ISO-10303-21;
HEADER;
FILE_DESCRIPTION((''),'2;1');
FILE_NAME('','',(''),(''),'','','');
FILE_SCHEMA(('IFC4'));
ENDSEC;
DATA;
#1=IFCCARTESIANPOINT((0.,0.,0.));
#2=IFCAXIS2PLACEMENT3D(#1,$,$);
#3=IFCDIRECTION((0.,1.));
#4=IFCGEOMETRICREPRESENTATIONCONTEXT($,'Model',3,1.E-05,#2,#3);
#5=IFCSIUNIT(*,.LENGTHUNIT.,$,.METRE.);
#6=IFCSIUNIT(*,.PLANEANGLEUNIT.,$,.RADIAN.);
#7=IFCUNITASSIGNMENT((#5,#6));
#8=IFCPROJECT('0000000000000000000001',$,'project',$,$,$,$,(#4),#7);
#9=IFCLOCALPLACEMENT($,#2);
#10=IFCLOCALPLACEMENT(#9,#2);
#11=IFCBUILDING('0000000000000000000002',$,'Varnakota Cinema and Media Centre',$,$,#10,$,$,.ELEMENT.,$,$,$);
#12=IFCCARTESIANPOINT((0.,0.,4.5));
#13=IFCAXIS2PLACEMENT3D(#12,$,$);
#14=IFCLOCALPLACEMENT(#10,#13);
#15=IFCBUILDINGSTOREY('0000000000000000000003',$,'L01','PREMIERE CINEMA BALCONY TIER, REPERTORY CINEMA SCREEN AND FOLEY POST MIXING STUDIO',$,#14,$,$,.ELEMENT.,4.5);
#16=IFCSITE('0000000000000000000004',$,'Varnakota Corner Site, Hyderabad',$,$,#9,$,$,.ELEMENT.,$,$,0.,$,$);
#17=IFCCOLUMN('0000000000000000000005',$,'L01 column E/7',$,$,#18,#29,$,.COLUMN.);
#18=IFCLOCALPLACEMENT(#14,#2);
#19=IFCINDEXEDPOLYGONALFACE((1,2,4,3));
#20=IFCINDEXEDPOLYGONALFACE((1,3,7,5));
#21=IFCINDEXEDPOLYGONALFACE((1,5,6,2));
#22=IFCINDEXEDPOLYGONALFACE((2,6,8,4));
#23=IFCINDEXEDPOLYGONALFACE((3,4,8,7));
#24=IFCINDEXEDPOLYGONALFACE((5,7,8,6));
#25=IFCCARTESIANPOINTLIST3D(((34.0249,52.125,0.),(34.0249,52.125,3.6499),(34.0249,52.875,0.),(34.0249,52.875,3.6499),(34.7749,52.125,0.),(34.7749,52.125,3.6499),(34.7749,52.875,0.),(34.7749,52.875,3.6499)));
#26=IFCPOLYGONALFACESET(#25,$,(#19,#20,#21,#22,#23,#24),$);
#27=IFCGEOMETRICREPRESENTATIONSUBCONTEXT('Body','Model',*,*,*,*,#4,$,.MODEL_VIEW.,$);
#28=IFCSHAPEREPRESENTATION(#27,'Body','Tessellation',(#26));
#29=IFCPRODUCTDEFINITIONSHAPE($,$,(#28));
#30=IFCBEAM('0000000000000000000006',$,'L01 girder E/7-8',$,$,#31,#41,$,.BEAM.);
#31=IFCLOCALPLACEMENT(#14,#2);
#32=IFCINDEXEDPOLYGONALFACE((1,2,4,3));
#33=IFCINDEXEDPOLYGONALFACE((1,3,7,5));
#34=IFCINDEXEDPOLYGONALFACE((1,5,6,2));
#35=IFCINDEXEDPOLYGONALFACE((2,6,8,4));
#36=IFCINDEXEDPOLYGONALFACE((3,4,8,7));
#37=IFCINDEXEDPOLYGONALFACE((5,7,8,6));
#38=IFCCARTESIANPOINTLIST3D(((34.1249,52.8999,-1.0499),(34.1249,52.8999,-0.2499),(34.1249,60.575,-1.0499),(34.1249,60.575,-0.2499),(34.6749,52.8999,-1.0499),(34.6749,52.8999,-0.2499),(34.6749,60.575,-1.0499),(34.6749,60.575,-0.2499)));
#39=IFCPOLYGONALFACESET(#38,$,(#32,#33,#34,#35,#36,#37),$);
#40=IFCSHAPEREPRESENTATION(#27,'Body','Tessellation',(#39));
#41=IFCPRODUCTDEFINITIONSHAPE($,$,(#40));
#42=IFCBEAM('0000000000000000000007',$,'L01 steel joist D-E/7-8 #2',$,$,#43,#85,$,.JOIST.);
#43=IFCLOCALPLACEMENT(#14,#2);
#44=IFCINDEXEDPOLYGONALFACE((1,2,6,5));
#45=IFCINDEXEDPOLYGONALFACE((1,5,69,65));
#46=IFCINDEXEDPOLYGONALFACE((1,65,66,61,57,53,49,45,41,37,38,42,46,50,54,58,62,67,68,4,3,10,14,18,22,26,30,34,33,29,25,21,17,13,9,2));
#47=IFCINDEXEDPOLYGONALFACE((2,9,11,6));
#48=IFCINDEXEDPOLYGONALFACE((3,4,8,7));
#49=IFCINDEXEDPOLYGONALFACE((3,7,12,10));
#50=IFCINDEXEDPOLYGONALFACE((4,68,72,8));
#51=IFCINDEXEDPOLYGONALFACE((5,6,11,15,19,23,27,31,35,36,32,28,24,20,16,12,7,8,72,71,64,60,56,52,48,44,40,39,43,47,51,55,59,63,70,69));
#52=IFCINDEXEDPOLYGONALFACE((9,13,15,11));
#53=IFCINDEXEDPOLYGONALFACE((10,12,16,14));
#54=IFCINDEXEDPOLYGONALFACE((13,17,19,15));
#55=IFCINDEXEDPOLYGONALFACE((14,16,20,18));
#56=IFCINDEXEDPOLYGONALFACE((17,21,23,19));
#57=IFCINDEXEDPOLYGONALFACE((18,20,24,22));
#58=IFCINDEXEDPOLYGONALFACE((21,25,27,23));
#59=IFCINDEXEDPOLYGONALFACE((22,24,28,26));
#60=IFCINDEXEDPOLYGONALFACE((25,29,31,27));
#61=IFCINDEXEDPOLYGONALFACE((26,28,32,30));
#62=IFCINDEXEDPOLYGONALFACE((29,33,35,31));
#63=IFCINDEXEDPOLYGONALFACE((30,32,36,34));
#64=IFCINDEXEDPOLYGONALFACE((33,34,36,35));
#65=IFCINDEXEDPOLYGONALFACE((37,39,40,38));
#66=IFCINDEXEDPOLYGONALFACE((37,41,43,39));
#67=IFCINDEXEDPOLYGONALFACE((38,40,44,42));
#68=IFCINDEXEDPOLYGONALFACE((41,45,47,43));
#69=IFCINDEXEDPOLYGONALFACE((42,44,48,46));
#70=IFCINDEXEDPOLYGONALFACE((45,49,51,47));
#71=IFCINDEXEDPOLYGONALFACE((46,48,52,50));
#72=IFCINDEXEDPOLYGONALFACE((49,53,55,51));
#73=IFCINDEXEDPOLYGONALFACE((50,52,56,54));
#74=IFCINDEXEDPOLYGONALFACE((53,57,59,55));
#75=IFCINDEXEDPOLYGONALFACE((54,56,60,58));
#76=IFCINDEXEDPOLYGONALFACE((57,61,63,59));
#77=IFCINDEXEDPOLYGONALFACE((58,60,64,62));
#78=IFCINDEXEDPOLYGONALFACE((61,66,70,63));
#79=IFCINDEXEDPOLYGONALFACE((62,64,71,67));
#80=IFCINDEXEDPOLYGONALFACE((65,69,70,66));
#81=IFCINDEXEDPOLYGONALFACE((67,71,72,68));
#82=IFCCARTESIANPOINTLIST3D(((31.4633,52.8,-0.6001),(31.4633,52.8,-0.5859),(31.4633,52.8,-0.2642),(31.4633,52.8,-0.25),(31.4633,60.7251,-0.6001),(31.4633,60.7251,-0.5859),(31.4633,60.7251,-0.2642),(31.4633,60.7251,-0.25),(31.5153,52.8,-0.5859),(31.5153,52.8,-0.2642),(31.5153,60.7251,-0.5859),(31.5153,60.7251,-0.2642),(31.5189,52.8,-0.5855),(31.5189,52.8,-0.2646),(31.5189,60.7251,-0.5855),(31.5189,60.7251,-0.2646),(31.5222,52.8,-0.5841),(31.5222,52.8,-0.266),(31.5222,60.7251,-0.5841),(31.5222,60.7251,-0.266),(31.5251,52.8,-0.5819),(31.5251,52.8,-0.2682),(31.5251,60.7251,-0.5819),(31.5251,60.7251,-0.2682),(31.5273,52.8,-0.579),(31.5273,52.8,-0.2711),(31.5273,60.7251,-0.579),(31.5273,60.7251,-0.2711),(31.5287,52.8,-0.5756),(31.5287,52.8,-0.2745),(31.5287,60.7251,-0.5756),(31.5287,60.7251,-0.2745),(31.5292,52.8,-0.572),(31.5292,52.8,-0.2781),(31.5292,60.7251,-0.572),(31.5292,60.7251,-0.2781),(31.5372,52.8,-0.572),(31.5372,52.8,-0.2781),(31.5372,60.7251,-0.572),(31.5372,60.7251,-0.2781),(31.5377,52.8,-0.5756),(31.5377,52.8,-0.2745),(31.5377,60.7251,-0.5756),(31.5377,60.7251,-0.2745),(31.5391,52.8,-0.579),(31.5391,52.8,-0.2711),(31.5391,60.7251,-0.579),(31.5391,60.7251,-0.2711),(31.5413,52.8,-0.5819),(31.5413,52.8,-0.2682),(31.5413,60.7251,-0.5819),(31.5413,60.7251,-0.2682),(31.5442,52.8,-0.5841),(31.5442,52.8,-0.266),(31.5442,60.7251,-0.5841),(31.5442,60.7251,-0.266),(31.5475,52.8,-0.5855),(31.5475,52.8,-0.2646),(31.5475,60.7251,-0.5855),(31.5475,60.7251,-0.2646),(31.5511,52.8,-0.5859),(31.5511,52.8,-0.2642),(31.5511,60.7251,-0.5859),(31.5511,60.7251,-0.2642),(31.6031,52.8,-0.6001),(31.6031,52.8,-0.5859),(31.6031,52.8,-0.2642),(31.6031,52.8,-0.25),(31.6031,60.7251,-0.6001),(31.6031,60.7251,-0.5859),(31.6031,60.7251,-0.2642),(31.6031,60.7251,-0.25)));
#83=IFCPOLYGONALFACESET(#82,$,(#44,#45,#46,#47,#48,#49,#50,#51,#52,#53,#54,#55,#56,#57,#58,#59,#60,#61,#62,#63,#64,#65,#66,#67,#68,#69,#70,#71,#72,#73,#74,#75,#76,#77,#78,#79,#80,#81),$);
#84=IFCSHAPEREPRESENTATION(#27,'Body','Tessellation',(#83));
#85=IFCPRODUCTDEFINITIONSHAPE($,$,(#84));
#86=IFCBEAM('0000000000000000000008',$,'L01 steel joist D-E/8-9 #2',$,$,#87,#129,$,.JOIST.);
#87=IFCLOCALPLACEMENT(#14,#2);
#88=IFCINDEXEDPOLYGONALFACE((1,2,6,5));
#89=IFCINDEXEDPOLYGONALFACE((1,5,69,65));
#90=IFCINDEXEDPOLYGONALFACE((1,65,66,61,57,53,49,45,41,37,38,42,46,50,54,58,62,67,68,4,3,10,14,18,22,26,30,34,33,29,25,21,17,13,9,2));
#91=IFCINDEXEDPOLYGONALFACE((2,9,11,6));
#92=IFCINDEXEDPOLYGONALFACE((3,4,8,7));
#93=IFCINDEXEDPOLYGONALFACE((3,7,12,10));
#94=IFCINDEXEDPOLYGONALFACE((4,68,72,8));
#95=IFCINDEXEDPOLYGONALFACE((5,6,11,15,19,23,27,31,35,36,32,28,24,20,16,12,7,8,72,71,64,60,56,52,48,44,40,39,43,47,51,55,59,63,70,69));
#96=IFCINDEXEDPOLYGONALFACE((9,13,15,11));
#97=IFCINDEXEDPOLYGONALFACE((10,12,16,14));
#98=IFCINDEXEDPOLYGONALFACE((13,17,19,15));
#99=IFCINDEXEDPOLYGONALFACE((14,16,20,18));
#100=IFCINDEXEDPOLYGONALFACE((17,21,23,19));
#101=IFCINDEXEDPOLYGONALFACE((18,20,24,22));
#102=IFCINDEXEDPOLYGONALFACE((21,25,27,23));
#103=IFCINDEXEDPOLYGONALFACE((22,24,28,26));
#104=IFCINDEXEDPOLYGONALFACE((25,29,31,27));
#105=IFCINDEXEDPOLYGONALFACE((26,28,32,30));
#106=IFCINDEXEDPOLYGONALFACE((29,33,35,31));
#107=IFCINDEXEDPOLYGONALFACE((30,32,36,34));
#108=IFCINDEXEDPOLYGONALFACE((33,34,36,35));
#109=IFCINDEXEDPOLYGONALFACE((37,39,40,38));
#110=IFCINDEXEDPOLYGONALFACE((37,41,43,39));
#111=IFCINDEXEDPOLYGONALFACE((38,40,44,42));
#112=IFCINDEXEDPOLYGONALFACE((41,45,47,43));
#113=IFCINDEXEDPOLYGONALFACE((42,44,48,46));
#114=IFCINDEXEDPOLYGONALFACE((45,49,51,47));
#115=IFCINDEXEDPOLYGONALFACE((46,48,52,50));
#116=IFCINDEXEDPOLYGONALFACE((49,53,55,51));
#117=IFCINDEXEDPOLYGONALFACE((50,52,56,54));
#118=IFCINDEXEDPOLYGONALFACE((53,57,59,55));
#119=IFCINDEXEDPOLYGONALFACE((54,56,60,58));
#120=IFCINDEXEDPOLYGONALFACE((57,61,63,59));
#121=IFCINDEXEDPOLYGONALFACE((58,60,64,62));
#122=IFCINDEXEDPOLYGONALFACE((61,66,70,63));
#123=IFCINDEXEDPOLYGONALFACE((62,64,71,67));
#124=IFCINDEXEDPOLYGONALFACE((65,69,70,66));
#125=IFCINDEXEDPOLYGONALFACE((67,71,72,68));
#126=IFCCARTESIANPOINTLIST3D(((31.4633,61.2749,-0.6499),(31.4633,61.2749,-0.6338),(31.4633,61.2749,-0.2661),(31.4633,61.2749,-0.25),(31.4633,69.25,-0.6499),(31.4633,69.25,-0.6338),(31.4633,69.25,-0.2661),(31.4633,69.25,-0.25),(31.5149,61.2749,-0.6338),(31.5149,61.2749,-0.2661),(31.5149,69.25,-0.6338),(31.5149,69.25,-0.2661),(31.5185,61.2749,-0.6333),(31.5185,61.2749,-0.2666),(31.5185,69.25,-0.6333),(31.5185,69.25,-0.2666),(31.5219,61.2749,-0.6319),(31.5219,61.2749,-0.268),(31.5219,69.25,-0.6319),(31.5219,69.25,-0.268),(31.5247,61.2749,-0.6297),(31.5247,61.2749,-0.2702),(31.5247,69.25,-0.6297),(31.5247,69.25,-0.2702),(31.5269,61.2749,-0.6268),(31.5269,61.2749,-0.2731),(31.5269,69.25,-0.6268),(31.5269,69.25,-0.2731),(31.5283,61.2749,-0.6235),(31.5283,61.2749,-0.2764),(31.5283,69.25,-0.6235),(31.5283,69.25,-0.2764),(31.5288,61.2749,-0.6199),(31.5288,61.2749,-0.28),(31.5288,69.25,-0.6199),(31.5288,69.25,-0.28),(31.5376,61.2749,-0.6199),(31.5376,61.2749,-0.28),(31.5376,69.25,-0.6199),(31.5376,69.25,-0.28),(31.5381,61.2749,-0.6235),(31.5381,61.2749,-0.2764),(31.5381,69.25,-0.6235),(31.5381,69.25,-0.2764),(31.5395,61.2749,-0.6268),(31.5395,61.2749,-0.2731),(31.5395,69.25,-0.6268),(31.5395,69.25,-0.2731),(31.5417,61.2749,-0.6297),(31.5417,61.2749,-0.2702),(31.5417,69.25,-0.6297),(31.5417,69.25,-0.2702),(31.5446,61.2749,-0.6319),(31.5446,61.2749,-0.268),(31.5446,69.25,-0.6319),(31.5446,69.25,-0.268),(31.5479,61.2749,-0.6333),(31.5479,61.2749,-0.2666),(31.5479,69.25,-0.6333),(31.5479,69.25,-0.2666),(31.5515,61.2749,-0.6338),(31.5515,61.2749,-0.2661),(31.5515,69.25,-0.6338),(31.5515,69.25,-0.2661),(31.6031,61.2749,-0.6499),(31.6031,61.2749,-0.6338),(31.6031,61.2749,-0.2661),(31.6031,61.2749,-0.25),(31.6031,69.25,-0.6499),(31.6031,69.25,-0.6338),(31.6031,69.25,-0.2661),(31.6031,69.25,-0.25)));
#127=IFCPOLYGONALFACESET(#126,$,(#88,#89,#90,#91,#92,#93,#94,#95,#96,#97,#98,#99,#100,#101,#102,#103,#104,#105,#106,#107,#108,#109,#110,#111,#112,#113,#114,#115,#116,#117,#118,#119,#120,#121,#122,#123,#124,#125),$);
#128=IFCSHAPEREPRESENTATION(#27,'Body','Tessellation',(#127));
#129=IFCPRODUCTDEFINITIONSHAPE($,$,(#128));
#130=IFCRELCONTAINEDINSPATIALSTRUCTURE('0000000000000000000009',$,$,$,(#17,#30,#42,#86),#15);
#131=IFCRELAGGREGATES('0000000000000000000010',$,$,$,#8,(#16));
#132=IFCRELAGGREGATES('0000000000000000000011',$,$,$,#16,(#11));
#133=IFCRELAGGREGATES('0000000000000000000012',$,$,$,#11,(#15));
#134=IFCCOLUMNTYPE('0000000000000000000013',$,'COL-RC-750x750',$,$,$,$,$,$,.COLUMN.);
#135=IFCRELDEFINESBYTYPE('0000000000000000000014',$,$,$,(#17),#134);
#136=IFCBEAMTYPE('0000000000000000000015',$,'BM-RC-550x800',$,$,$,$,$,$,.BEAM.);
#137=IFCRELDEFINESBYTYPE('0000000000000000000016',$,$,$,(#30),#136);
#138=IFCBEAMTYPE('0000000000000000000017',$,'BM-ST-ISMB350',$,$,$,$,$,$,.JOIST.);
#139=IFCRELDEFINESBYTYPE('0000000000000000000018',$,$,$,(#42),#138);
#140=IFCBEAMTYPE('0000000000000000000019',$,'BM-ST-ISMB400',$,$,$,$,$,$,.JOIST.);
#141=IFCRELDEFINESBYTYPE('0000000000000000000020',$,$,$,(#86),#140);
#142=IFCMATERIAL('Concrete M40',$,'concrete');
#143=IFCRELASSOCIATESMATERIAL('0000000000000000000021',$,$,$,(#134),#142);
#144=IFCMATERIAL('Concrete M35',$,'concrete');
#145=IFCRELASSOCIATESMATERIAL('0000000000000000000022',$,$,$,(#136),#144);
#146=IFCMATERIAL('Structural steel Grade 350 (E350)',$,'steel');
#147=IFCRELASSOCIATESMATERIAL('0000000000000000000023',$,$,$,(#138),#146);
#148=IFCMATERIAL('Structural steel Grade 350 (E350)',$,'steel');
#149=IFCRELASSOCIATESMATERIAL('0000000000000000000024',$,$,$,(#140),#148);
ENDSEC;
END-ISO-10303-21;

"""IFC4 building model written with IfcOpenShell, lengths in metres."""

from ifc_helpers import new_model, si_unit, direction, frame, origin, origin_2d, place, context, subcontext, project, spatial, rectangle, i_section, extrude, material, material_profile, profile_set, type_object, element, save


model = new_model("IFC4")

# Units and contexts
model_context = context("Model", 3, precision=1e-05, world=origin(), true_north=direction((0.0, 1.0)))
body_context = subcontext(model_context, "Body", "Model", "MODEL_VIEW")
ifc_project = project(units=[si_unit("LENGTHUNIT", "METRE"), si_unit("PLANEANGLEUNIT", "RADIAN")], contexts=[model_context])

# Site, building, storey
site_placement = place(None, origin())
site = spatial("IfcSite", under=ifc_project, at=site_placement, Name="Varnakota Corner Site, Hyderabad", CompositionType="ELEMENT", RefElevation=0.0)
building_placement = place(site_placement, origin())
building = spatial("IfcBuilding", under=site, at=building_placement, Name="Varnakota Cinema and Media Centre", CompositionType="ELEMENT")
storey_placement = place(building_placement, frame((0.0, 0.0, 4.5)))
storey = spatial("IfcBuildingStorey", under=building, at=storey_placement, Name="L01", Description="PREMIERE CINEMA BALCONY TIER, REPERTORY CINEMA SCREEN AND FOLEY POST MIXING STUDIO", CompositionType="ELEMENT", Elevation=4.5)

# Column
ifc_material_1 = material(Name="Concrete M40", Category="concrete")
ifc_material_profile_1 = material_profile(ifc_material_1, rectangle(XDim=0.75, YDim=0.75, at=origin_2d()), Name="RC 750x750")
ifc_profile_set_1 = profile_set([ifc_material_profile_1], Name="Concrete M40")
column_type = type_object("IfcColumnType", Name="COL-RC-750x750", PredefinedType="COLUMN", material=ifc_profile_set_1)
column_placement = place(storey_placement, frame((34.3999, 52.5, 0.0), z_axis=(0.0, 0.0, 1.0), x_axis=(1.0, 0.0, 0.0)))
element("IfcColumn", 1, at=column_placement, inside=storey, type_object=column_type, Name="L01 column E/7", PredefinedType="COLUMN", context=body_context, shape_type="SweptSolid", body=[
    extrude(rectangle(XDim=0.75, YDim=0.75, at=origin_2d()), origin(), (0.0, 0.0, 1.0), 3.6499),
])

# Beams
ifc_material_2 = material(Name="Concrete M35", Category="concrete")
ifc_material_profile_2 = material_profile(ifc_material_2, rectangle(XDim=0.55, YDim=0.8, at=origin_2d()), Name="RCB 550x800")
ifc_profile_set_2 = profile_set([ifc_material_profile_2], Name="Concrete M35")
beam_type_1 = type_object("IfcBeamType", Name="BM-RC-550x800", PredefinedType="BEAM", material=ifc_profile_set_2)
beam_1_placement = place(storey_placement, frame((34.3999, 52.8999, -0.6499), z_axis=(0.0, 1.0, 0.0), x_axis=(-1.0, 0.0, 0.0)))
element("IfcBeam", 2, at=beam_1_placement, inside=storey, type_object=beam_type_1, Name="L01 girder E/7-8", PredefinedType="BEAM", context=body_context, shape_type="SweptSolid", body=[
    extrude(rectangle(XDim=0.55, YDim=0.8, at=origin_2d()), origin(), (0.0, 0.0, 1.0), 7.675),
])
ifc_material_3 = material(Name="Structural steel Grade 350 (E350)", Category="steel")
ifc_material_profile_3 = material_profile(ifc_material_3, i_section(OverallWidth=0.1399, OverallDepth=0.3501, WebThickness=0.0081, FlangeThickness=0.0142, FilletRadius=0.0139, at=origin_2d()), Name="ISMB 350")
ifc_profile_set_3 = profile_set([ifc_material_profile_3], Name="Structural steel Grade 350 (E350)")
beam_type_2 = type_object("IfcBeamType", Name="BM-ST-ISMB350", PredefinedType="JOIST", material=ifc_profile_set_3)
beam_2_placement = place(storey_placement, frame((31.5332, 52.8, -0.425), z_axis=(0.0, 1.0, 0.0), x_axis=(-1.0, 0.0, 0.0)))
element("IfcBeam", 3, at=beam_2_placement, inside=storey, type_object=beam_type_2, Name="L01 steel joist D-E/7-8 #2", PredefinedType="JOIST", context=body_context, shape_type="SweptSolid", body=[
    extrude(i_section(OverallWidth=0.1399, OverallDepth=0.3501, WebThickness=0.0081, FlangeThickness=0.0142, FilletRadius=0.0139, at=origin_2d()), origin(), (0.0, 0.0, 1.0), 7.925),
])
ifc_material_4 = material(Name="Structural steel Grade 350 (E350)", Category="steel")
ifc_material_profile_4 = material_profile(ifc_material_4, i_section(OverallWidth=0.1399, OverallDepth=0.3999, WebThickness=0.0088, FlangeThickness=0.0161, FilletRadius=0.0139, at=origin_2d()), Name="ISMB 400")
ifc_profile_set_4 = profile_set([ifc_material_profile_4], Name="Structural steel Grade 350 (E350)")
beam_type_3 = type_object("IfcBeamType", Name="BM-ST-ISMB400", PredefinedType="JOIST", material=ifc_profile_set_4)
beam_3_placement = place(storey_placement, frame((31.5332, 61.2749, -0.45), z_axis=(0.0, 1.0, 0.0), x_axis=(-1.0, 0.0, 0.0)))
element("IfcBeam", 4, at=beam_3_placement, inside=storey, type_object=beam_type_3, Name="L01 steel joist D-E/8-9 #2", PredefinedType="JOIST", context=body_context, shape_type="SweptSolid", body=[
    extrude(i_section(OverallWidth=0.1399, OverallDepth=0.3999, WebThickness=0.0088, FlangeThickness=0.0161, FilletRadius=0.0139, at=origin_2d()), origin(), (0.0, 0.0, 1.0), 7.9751),
])

save(model, "model.ifc")
